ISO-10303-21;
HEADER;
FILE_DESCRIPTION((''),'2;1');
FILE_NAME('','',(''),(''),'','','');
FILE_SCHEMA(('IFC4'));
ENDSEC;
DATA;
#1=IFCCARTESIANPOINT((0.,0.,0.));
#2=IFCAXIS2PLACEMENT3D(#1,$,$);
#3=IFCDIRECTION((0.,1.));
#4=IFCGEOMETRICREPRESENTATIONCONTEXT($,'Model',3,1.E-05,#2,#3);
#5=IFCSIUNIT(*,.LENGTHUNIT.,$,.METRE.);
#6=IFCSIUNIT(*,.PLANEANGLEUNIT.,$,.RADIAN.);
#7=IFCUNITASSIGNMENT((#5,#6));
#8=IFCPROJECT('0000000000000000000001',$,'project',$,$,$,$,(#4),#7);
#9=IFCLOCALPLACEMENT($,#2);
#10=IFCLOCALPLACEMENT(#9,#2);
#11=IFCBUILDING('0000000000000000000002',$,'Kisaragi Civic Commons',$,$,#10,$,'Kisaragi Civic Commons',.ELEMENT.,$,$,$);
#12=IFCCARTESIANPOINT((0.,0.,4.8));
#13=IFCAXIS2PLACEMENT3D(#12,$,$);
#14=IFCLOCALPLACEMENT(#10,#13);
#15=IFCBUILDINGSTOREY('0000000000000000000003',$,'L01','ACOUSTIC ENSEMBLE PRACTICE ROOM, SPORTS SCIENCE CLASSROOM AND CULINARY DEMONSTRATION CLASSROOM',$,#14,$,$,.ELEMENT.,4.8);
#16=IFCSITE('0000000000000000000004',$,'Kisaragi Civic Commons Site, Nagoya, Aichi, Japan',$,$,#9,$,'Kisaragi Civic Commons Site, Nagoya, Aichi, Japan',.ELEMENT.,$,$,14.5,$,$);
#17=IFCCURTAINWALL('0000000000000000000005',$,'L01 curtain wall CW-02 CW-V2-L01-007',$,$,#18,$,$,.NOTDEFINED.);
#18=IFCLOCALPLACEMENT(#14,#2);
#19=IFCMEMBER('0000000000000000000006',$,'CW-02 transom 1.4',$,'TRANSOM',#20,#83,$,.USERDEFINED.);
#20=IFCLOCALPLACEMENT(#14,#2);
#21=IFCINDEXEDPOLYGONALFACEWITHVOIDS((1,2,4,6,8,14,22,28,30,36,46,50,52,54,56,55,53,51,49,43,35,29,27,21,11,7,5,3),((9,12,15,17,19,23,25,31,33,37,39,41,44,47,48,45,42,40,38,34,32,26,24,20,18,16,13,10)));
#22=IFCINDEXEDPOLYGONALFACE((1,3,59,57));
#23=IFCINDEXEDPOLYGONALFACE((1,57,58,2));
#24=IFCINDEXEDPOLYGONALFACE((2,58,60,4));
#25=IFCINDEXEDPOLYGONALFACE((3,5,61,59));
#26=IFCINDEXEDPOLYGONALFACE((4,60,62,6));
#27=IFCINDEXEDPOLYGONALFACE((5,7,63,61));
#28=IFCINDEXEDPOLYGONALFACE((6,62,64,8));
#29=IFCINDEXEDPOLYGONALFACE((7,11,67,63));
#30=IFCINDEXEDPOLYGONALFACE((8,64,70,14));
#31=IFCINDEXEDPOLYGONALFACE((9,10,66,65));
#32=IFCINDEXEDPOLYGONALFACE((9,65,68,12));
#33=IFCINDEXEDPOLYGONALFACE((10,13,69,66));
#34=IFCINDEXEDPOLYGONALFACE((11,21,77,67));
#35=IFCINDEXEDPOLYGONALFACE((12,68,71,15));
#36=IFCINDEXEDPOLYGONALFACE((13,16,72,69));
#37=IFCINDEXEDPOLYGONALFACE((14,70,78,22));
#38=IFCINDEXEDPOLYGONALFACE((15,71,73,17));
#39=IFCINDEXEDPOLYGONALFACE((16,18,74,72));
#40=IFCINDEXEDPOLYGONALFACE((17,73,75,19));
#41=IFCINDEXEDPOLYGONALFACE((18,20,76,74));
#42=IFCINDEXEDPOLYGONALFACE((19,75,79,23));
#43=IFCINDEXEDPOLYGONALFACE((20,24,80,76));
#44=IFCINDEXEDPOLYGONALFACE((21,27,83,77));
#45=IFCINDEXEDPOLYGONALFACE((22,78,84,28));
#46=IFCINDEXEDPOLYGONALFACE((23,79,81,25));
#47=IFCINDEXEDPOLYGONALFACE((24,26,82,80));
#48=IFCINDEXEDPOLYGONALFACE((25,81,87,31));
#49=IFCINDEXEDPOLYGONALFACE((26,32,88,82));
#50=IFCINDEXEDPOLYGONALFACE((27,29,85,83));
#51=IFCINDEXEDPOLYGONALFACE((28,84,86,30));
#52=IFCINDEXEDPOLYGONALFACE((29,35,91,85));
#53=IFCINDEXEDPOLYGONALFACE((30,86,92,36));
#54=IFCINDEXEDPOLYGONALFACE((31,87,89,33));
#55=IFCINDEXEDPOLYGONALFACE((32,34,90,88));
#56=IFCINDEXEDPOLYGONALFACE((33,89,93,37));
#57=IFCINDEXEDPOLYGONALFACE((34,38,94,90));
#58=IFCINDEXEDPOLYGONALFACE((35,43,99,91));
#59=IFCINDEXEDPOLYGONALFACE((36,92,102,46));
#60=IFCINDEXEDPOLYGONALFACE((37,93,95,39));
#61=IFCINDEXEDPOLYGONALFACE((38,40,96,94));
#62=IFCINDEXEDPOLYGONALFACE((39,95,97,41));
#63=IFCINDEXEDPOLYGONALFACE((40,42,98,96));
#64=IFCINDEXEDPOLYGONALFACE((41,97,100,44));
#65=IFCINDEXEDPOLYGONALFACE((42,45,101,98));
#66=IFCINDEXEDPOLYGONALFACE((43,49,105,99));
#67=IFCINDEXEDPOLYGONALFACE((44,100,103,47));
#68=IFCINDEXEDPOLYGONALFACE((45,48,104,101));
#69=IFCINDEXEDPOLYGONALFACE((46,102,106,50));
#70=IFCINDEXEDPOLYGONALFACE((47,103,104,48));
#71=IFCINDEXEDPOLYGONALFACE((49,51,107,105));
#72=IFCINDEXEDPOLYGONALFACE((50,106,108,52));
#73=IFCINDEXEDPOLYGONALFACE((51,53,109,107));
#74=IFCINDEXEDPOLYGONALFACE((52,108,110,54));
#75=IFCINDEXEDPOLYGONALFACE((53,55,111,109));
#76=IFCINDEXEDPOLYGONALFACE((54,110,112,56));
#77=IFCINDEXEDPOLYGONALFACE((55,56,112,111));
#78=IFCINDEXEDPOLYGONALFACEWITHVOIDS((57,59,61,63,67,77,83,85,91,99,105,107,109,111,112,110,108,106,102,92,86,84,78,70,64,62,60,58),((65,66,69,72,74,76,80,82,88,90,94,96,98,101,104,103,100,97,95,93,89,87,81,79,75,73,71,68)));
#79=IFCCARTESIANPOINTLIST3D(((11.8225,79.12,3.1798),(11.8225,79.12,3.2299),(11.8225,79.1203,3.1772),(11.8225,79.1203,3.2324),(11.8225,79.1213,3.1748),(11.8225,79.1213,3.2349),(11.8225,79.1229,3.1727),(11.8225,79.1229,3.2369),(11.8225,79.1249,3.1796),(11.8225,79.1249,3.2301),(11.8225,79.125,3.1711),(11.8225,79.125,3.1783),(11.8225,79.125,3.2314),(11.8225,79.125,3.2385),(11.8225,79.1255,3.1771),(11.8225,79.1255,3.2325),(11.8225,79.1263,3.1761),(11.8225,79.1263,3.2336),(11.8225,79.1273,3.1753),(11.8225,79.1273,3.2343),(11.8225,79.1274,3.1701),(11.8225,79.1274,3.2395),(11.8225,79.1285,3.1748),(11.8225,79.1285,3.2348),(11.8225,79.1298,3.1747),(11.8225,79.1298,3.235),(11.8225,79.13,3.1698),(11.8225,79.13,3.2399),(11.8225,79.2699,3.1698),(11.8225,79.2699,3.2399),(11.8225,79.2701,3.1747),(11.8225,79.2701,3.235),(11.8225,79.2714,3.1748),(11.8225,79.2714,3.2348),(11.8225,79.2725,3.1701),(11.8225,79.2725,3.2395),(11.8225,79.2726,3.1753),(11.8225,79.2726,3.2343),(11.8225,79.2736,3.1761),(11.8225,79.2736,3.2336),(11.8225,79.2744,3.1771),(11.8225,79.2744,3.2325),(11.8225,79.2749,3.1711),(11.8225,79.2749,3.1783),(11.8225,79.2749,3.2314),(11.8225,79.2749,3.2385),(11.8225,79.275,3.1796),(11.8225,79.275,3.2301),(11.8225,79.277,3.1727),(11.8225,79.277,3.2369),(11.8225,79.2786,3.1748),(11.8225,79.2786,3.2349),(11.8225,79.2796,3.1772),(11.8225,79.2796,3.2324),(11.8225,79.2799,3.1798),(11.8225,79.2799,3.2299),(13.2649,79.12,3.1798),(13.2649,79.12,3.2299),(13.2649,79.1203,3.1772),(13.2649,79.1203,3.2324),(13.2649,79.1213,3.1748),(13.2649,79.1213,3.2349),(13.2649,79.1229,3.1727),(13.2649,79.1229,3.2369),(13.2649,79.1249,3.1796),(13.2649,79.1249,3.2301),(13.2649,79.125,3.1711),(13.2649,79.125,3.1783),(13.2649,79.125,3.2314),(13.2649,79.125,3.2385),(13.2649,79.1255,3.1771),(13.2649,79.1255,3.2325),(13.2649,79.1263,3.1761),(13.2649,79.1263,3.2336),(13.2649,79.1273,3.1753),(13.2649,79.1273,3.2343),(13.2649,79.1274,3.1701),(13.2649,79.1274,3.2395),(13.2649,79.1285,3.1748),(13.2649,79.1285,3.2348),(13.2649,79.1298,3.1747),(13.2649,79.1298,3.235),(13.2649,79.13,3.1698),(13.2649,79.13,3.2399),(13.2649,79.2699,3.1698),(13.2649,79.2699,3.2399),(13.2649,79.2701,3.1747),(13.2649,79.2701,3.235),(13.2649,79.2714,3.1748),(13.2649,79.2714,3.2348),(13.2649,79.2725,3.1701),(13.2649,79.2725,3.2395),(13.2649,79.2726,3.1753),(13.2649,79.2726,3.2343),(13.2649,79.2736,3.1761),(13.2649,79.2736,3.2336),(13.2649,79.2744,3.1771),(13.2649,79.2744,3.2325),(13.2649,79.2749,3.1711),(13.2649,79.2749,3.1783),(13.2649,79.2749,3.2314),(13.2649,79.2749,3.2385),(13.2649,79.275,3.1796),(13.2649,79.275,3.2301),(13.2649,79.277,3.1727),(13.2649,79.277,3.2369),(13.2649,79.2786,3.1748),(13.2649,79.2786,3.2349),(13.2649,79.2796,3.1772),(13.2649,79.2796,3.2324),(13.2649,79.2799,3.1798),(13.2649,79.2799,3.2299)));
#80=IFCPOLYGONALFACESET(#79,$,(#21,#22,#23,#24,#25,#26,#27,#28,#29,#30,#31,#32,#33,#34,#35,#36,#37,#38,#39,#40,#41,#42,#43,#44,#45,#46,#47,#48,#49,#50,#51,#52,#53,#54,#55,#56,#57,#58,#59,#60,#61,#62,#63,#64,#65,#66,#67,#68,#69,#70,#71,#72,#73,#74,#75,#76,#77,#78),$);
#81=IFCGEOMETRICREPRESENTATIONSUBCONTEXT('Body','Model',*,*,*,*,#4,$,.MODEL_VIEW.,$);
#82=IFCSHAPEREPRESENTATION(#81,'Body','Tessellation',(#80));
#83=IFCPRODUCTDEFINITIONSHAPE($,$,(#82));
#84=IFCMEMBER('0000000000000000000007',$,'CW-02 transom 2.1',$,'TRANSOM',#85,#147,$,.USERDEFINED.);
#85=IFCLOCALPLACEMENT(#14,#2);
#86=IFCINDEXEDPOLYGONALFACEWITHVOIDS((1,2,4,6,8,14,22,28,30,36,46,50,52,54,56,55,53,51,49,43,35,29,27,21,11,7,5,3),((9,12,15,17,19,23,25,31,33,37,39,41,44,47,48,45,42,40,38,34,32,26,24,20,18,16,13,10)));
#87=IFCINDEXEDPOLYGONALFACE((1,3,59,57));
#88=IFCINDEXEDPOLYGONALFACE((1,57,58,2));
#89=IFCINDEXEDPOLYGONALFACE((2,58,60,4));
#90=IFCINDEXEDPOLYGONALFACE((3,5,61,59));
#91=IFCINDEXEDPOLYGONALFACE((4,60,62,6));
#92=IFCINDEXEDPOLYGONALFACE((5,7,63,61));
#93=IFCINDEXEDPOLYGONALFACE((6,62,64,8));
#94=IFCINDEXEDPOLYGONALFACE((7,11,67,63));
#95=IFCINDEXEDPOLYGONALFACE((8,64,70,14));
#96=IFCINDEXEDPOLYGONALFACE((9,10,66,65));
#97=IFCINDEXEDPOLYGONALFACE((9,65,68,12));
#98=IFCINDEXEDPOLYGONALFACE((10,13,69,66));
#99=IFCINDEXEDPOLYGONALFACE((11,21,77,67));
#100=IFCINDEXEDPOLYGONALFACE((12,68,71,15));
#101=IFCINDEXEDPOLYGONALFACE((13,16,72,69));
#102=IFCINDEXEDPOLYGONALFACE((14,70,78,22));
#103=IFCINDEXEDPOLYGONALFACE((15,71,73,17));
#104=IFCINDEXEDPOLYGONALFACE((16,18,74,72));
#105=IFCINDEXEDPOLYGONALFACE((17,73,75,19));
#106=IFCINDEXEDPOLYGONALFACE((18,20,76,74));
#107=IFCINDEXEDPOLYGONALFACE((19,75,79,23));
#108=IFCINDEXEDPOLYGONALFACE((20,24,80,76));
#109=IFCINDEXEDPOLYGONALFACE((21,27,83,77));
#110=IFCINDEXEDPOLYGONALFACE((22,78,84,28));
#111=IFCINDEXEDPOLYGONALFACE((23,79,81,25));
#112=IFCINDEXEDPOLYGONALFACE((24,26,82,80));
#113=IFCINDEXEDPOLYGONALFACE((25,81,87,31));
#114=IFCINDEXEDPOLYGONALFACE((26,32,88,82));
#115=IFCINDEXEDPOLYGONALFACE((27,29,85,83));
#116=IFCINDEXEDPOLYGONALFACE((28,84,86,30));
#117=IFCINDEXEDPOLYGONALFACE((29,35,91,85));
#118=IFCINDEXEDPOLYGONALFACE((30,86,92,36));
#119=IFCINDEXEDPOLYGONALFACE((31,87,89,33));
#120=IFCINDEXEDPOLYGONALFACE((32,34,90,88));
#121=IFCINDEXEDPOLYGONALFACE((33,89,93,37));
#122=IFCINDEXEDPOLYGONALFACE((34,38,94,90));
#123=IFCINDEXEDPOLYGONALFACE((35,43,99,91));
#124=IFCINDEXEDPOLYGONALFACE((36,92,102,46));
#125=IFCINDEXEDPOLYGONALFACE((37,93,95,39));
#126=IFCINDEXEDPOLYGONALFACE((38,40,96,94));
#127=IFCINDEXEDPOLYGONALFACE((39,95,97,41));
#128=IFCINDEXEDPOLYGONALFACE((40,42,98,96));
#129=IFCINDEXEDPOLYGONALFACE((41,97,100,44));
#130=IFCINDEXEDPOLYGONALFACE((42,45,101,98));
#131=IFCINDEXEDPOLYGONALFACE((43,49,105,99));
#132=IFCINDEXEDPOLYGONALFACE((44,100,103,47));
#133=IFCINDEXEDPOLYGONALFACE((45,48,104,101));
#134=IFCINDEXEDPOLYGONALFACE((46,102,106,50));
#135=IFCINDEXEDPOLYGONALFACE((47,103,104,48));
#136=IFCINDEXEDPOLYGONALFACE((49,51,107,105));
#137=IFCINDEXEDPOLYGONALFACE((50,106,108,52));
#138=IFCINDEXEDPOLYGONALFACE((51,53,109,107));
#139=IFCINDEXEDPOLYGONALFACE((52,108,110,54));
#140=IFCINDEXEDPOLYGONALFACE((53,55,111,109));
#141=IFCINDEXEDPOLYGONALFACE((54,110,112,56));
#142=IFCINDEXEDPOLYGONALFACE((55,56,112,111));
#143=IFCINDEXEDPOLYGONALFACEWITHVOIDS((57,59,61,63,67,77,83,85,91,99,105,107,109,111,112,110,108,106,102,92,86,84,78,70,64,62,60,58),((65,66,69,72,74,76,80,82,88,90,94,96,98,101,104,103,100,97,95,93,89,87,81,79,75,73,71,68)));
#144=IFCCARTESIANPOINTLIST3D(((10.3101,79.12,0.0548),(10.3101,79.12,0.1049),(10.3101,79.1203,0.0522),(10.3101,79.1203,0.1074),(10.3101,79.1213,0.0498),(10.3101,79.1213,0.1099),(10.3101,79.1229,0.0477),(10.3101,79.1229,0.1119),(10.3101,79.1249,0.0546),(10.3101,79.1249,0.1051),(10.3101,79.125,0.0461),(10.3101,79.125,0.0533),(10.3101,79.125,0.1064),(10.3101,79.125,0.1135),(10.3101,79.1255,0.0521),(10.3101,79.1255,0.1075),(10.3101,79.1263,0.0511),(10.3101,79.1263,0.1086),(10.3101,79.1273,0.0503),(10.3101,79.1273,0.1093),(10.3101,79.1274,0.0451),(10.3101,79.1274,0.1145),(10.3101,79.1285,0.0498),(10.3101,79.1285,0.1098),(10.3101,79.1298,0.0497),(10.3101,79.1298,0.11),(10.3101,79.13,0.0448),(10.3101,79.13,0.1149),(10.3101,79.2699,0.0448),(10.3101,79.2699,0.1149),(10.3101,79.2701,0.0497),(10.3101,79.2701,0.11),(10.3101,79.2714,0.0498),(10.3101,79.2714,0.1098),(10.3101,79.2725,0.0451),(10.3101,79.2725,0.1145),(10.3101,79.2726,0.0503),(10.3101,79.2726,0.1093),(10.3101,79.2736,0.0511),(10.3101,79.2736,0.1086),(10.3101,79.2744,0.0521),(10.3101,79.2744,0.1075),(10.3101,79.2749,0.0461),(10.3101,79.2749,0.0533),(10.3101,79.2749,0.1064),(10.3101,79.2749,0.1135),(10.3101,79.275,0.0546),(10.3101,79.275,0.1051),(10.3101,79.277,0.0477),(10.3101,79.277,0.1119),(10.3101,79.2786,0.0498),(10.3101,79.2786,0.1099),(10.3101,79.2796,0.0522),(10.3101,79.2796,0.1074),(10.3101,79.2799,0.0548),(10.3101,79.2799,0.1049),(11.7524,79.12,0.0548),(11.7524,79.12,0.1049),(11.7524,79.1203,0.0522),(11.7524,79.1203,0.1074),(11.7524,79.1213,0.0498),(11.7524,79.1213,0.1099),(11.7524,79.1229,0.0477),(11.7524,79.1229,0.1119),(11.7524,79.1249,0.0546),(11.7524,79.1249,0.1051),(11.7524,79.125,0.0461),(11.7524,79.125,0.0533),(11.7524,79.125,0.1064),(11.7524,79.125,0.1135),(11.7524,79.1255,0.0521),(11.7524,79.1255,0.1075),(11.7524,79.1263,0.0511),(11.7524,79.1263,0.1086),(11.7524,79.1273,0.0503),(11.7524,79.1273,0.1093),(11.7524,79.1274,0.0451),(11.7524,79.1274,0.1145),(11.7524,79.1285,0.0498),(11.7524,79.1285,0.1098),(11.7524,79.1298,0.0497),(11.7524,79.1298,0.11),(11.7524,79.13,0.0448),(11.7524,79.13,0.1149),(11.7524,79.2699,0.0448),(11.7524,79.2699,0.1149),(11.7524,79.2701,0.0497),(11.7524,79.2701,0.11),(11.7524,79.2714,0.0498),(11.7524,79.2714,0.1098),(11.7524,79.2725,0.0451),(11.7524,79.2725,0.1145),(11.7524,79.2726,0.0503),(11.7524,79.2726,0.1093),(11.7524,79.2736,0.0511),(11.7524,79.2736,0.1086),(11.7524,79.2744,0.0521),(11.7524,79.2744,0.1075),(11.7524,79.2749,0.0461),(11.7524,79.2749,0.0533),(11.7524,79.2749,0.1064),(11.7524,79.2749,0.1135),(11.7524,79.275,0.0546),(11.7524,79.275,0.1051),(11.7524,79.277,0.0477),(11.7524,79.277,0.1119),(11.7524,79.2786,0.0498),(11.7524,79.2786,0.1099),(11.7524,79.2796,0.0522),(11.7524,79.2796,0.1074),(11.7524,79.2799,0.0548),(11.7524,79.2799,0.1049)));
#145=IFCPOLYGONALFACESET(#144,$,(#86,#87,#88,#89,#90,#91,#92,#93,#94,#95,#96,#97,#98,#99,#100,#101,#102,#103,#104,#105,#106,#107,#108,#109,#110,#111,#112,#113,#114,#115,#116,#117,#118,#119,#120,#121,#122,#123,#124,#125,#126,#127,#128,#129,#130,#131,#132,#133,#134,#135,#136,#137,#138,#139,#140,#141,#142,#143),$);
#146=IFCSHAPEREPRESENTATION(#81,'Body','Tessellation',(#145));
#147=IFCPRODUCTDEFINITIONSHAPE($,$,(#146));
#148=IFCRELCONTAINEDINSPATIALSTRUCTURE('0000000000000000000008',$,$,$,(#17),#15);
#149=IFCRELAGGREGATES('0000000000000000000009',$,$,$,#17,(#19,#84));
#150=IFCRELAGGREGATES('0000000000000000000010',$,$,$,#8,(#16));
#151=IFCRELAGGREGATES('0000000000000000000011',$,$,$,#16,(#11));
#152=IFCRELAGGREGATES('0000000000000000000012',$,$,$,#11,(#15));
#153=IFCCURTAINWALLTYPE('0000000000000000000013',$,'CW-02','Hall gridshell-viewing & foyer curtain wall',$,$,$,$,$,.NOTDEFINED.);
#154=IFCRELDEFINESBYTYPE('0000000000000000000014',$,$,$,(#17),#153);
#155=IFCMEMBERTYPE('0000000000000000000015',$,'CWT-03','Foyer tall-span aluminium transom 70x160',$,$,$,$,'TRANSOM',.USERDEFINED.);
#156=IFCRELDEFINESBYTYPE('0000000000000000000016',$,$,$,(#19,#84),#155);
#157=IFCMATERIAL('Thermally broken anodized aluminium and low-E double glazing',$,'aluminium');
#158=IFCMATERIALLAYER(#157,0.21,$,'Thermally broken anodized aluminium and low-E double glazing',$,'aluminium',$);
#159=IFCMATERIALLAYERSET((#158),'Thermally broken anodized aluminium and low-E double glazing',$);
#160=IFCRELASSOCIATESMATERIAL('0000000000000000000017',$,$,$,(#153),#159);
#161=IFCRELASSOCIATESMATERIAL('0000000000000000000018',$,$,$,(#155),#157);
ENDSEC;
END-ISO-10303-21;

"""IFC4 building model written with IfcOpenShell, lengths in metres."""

from ifc_helpers import new_model, si_unit, direction, frame, origin, origin_2d, place, context, subcontext, project, spatial, hollow_rectangle, extrude, material, layer, layer_set, material_profile, profile_set, type_object, element, aggregate, save


model = new_model("IFC4")

# Units and contexts
model_context = context("Model", 3, precision=1e-05, world=origin(), true_north=direction((0.0, 1.0)))
body_context = subcontext(model_context, "Body", "Model", "MODEL_VIEW")
ifc_project = project(units=[si_unit("LENGTHUNIT", "METRE"), si_unit("PLANEANGLEUNIT", "RADIAN")], contexts=[model_context])

# Site, building, storey
site_placement = place(None, origin())
site = spatial("IfcSite", under=ifc_project, at=site_placement, Name="Kisaragi Civic Commons Site, Nagoya, Aichi, Japan", LongName="Kisaragi Civic Commons Site, Nagoya, Aichi, Japan", CompositionType="ELEMENT", RefElevation=14.5)
building_placement = place(site_placement, origin())
building = spatial("IfcBuilding", under=site, at=building_placement, Name="Kisaragi Civic Commons", LongName="Kisaragi Civic Commons", CompositionType="ELEMENT")
storey_placement = place(building_placement, frame((0.0, 0.0, 4.8)))
storey = spatial("IfcBuildingStorey", under=building, at=storey_placement, Name="L01", Description="ACOUSTIC ENSEMBLE PRACTICE ROOM, SPORTS SCIENCE CLASSROOM AND CULINARY DEMONSTRATION CLASSROOM", CompositionType="ELEMENT", Elevation=4.8)

# Curtain wall, members
ifc_material_1 = material(Name="Thermally broken anodized aluminium and low-E double glazing", Category="aluminium")
ifc_layer_1 = layer(ifc_material_1, 0.21, Name="Thermally broken anodized aluminium and low-E double glazing", Category="aluminium")
ifc_layer_set_1 = layer_set([ifc_layer_1], Name="Thermally broken anodized aluminium and low-E double glazing")
curtain_wall_type = type_object("IfcCurtainWallType", Name="CW-02", Description="Hall gridshell-viewing & foyer curtain wall", PredefinedType="NOTDEFINED", material=ifc_layer_set_1)
curtain_wall_placement = place(storey_placement, origin())
curtain_wall = element("IfcCurtainWall", 1, at=curtain_wall_placement, inside=storey, type_object=curtain_wall_type, Name="L01 curtain wall CW-02 CW-V2-L01-007", PredefinedType="NOTDEFINED")
ifc_material_profile_1 = material_profile(ifc_material_1, hollow_rectangle(XDim=0.1599, YDim=0.0701, WallThickness=0.0049, InnerFilletRadius=0.0049, OuterFilletRadius=0.01, at=origin_2d()), Name="CWT-70x160x5", Category="aluminium")
ifc_profile_set_1 = profile_set([ifc_material_profile_1], Name="Thermally broken anodized aluminium and low-E double glazing")
member_type_1 = type_object("IfcMemberType", Name="CWT-03", Description="Foyer tall-span aluminium transom 70x160", ElementType="TRANSOM", PredefinedType="USERDEFINED", material=ifc_profile_set_1)
member_1_placement = place(storey_placement, frame((13.2649, 79.2, 3.2048), z_axis=(-1.0, 0.0, 0.0), x_axis=(0.0, -1.0, 0.0)))
member_1 = element("IfcMember", 2, at=member_1_placement, type_object=member_type_1, Name="CW-02 transom 1.4", ObjectType="TRANSOM", PredefinedType="USERDEFINED", context=body_context, shape_type="SweptSolid", body=[
    extrude(hollow_rectangle(XDim=0.1599, YDim=0.0701, WallThickness=0.0049, InnerFilletRadius=0.0049, OuterFilletRadius=0.01, at=origin_2d()), origin(), (0.0, 0.0, 1.0), 1.4424),
])
member_2_placement = place(storey_placement, frame((11.7524, 79.2, 0.0798), z_axis=(-1.0, 0.0, 0.0), x_axis=(0.0, -1.0, 0.0)))
member_2 = element("IfcMember", 3, at=member_2_placement, type_object=member_type_1, Name="CW-02 transom 2.1", ObjectType="TRANSOM", PredefinedType="USERDEFINED", context=body_context, shape_type="SweptSolid", body=[
    extrude(hollow_rectangle(XDim=0.1599, YDim=0.0701, WallThickness=0.0049, InnerFilletRadius=0.0049, OuterFilletRadius=0.01, at=origin_2d()), origin(), (0.0, 0.0, 1.0), 1.4424),
])

aggregate(curtain_wall, [member_1, member_2])

save(model, "model.ifc")
